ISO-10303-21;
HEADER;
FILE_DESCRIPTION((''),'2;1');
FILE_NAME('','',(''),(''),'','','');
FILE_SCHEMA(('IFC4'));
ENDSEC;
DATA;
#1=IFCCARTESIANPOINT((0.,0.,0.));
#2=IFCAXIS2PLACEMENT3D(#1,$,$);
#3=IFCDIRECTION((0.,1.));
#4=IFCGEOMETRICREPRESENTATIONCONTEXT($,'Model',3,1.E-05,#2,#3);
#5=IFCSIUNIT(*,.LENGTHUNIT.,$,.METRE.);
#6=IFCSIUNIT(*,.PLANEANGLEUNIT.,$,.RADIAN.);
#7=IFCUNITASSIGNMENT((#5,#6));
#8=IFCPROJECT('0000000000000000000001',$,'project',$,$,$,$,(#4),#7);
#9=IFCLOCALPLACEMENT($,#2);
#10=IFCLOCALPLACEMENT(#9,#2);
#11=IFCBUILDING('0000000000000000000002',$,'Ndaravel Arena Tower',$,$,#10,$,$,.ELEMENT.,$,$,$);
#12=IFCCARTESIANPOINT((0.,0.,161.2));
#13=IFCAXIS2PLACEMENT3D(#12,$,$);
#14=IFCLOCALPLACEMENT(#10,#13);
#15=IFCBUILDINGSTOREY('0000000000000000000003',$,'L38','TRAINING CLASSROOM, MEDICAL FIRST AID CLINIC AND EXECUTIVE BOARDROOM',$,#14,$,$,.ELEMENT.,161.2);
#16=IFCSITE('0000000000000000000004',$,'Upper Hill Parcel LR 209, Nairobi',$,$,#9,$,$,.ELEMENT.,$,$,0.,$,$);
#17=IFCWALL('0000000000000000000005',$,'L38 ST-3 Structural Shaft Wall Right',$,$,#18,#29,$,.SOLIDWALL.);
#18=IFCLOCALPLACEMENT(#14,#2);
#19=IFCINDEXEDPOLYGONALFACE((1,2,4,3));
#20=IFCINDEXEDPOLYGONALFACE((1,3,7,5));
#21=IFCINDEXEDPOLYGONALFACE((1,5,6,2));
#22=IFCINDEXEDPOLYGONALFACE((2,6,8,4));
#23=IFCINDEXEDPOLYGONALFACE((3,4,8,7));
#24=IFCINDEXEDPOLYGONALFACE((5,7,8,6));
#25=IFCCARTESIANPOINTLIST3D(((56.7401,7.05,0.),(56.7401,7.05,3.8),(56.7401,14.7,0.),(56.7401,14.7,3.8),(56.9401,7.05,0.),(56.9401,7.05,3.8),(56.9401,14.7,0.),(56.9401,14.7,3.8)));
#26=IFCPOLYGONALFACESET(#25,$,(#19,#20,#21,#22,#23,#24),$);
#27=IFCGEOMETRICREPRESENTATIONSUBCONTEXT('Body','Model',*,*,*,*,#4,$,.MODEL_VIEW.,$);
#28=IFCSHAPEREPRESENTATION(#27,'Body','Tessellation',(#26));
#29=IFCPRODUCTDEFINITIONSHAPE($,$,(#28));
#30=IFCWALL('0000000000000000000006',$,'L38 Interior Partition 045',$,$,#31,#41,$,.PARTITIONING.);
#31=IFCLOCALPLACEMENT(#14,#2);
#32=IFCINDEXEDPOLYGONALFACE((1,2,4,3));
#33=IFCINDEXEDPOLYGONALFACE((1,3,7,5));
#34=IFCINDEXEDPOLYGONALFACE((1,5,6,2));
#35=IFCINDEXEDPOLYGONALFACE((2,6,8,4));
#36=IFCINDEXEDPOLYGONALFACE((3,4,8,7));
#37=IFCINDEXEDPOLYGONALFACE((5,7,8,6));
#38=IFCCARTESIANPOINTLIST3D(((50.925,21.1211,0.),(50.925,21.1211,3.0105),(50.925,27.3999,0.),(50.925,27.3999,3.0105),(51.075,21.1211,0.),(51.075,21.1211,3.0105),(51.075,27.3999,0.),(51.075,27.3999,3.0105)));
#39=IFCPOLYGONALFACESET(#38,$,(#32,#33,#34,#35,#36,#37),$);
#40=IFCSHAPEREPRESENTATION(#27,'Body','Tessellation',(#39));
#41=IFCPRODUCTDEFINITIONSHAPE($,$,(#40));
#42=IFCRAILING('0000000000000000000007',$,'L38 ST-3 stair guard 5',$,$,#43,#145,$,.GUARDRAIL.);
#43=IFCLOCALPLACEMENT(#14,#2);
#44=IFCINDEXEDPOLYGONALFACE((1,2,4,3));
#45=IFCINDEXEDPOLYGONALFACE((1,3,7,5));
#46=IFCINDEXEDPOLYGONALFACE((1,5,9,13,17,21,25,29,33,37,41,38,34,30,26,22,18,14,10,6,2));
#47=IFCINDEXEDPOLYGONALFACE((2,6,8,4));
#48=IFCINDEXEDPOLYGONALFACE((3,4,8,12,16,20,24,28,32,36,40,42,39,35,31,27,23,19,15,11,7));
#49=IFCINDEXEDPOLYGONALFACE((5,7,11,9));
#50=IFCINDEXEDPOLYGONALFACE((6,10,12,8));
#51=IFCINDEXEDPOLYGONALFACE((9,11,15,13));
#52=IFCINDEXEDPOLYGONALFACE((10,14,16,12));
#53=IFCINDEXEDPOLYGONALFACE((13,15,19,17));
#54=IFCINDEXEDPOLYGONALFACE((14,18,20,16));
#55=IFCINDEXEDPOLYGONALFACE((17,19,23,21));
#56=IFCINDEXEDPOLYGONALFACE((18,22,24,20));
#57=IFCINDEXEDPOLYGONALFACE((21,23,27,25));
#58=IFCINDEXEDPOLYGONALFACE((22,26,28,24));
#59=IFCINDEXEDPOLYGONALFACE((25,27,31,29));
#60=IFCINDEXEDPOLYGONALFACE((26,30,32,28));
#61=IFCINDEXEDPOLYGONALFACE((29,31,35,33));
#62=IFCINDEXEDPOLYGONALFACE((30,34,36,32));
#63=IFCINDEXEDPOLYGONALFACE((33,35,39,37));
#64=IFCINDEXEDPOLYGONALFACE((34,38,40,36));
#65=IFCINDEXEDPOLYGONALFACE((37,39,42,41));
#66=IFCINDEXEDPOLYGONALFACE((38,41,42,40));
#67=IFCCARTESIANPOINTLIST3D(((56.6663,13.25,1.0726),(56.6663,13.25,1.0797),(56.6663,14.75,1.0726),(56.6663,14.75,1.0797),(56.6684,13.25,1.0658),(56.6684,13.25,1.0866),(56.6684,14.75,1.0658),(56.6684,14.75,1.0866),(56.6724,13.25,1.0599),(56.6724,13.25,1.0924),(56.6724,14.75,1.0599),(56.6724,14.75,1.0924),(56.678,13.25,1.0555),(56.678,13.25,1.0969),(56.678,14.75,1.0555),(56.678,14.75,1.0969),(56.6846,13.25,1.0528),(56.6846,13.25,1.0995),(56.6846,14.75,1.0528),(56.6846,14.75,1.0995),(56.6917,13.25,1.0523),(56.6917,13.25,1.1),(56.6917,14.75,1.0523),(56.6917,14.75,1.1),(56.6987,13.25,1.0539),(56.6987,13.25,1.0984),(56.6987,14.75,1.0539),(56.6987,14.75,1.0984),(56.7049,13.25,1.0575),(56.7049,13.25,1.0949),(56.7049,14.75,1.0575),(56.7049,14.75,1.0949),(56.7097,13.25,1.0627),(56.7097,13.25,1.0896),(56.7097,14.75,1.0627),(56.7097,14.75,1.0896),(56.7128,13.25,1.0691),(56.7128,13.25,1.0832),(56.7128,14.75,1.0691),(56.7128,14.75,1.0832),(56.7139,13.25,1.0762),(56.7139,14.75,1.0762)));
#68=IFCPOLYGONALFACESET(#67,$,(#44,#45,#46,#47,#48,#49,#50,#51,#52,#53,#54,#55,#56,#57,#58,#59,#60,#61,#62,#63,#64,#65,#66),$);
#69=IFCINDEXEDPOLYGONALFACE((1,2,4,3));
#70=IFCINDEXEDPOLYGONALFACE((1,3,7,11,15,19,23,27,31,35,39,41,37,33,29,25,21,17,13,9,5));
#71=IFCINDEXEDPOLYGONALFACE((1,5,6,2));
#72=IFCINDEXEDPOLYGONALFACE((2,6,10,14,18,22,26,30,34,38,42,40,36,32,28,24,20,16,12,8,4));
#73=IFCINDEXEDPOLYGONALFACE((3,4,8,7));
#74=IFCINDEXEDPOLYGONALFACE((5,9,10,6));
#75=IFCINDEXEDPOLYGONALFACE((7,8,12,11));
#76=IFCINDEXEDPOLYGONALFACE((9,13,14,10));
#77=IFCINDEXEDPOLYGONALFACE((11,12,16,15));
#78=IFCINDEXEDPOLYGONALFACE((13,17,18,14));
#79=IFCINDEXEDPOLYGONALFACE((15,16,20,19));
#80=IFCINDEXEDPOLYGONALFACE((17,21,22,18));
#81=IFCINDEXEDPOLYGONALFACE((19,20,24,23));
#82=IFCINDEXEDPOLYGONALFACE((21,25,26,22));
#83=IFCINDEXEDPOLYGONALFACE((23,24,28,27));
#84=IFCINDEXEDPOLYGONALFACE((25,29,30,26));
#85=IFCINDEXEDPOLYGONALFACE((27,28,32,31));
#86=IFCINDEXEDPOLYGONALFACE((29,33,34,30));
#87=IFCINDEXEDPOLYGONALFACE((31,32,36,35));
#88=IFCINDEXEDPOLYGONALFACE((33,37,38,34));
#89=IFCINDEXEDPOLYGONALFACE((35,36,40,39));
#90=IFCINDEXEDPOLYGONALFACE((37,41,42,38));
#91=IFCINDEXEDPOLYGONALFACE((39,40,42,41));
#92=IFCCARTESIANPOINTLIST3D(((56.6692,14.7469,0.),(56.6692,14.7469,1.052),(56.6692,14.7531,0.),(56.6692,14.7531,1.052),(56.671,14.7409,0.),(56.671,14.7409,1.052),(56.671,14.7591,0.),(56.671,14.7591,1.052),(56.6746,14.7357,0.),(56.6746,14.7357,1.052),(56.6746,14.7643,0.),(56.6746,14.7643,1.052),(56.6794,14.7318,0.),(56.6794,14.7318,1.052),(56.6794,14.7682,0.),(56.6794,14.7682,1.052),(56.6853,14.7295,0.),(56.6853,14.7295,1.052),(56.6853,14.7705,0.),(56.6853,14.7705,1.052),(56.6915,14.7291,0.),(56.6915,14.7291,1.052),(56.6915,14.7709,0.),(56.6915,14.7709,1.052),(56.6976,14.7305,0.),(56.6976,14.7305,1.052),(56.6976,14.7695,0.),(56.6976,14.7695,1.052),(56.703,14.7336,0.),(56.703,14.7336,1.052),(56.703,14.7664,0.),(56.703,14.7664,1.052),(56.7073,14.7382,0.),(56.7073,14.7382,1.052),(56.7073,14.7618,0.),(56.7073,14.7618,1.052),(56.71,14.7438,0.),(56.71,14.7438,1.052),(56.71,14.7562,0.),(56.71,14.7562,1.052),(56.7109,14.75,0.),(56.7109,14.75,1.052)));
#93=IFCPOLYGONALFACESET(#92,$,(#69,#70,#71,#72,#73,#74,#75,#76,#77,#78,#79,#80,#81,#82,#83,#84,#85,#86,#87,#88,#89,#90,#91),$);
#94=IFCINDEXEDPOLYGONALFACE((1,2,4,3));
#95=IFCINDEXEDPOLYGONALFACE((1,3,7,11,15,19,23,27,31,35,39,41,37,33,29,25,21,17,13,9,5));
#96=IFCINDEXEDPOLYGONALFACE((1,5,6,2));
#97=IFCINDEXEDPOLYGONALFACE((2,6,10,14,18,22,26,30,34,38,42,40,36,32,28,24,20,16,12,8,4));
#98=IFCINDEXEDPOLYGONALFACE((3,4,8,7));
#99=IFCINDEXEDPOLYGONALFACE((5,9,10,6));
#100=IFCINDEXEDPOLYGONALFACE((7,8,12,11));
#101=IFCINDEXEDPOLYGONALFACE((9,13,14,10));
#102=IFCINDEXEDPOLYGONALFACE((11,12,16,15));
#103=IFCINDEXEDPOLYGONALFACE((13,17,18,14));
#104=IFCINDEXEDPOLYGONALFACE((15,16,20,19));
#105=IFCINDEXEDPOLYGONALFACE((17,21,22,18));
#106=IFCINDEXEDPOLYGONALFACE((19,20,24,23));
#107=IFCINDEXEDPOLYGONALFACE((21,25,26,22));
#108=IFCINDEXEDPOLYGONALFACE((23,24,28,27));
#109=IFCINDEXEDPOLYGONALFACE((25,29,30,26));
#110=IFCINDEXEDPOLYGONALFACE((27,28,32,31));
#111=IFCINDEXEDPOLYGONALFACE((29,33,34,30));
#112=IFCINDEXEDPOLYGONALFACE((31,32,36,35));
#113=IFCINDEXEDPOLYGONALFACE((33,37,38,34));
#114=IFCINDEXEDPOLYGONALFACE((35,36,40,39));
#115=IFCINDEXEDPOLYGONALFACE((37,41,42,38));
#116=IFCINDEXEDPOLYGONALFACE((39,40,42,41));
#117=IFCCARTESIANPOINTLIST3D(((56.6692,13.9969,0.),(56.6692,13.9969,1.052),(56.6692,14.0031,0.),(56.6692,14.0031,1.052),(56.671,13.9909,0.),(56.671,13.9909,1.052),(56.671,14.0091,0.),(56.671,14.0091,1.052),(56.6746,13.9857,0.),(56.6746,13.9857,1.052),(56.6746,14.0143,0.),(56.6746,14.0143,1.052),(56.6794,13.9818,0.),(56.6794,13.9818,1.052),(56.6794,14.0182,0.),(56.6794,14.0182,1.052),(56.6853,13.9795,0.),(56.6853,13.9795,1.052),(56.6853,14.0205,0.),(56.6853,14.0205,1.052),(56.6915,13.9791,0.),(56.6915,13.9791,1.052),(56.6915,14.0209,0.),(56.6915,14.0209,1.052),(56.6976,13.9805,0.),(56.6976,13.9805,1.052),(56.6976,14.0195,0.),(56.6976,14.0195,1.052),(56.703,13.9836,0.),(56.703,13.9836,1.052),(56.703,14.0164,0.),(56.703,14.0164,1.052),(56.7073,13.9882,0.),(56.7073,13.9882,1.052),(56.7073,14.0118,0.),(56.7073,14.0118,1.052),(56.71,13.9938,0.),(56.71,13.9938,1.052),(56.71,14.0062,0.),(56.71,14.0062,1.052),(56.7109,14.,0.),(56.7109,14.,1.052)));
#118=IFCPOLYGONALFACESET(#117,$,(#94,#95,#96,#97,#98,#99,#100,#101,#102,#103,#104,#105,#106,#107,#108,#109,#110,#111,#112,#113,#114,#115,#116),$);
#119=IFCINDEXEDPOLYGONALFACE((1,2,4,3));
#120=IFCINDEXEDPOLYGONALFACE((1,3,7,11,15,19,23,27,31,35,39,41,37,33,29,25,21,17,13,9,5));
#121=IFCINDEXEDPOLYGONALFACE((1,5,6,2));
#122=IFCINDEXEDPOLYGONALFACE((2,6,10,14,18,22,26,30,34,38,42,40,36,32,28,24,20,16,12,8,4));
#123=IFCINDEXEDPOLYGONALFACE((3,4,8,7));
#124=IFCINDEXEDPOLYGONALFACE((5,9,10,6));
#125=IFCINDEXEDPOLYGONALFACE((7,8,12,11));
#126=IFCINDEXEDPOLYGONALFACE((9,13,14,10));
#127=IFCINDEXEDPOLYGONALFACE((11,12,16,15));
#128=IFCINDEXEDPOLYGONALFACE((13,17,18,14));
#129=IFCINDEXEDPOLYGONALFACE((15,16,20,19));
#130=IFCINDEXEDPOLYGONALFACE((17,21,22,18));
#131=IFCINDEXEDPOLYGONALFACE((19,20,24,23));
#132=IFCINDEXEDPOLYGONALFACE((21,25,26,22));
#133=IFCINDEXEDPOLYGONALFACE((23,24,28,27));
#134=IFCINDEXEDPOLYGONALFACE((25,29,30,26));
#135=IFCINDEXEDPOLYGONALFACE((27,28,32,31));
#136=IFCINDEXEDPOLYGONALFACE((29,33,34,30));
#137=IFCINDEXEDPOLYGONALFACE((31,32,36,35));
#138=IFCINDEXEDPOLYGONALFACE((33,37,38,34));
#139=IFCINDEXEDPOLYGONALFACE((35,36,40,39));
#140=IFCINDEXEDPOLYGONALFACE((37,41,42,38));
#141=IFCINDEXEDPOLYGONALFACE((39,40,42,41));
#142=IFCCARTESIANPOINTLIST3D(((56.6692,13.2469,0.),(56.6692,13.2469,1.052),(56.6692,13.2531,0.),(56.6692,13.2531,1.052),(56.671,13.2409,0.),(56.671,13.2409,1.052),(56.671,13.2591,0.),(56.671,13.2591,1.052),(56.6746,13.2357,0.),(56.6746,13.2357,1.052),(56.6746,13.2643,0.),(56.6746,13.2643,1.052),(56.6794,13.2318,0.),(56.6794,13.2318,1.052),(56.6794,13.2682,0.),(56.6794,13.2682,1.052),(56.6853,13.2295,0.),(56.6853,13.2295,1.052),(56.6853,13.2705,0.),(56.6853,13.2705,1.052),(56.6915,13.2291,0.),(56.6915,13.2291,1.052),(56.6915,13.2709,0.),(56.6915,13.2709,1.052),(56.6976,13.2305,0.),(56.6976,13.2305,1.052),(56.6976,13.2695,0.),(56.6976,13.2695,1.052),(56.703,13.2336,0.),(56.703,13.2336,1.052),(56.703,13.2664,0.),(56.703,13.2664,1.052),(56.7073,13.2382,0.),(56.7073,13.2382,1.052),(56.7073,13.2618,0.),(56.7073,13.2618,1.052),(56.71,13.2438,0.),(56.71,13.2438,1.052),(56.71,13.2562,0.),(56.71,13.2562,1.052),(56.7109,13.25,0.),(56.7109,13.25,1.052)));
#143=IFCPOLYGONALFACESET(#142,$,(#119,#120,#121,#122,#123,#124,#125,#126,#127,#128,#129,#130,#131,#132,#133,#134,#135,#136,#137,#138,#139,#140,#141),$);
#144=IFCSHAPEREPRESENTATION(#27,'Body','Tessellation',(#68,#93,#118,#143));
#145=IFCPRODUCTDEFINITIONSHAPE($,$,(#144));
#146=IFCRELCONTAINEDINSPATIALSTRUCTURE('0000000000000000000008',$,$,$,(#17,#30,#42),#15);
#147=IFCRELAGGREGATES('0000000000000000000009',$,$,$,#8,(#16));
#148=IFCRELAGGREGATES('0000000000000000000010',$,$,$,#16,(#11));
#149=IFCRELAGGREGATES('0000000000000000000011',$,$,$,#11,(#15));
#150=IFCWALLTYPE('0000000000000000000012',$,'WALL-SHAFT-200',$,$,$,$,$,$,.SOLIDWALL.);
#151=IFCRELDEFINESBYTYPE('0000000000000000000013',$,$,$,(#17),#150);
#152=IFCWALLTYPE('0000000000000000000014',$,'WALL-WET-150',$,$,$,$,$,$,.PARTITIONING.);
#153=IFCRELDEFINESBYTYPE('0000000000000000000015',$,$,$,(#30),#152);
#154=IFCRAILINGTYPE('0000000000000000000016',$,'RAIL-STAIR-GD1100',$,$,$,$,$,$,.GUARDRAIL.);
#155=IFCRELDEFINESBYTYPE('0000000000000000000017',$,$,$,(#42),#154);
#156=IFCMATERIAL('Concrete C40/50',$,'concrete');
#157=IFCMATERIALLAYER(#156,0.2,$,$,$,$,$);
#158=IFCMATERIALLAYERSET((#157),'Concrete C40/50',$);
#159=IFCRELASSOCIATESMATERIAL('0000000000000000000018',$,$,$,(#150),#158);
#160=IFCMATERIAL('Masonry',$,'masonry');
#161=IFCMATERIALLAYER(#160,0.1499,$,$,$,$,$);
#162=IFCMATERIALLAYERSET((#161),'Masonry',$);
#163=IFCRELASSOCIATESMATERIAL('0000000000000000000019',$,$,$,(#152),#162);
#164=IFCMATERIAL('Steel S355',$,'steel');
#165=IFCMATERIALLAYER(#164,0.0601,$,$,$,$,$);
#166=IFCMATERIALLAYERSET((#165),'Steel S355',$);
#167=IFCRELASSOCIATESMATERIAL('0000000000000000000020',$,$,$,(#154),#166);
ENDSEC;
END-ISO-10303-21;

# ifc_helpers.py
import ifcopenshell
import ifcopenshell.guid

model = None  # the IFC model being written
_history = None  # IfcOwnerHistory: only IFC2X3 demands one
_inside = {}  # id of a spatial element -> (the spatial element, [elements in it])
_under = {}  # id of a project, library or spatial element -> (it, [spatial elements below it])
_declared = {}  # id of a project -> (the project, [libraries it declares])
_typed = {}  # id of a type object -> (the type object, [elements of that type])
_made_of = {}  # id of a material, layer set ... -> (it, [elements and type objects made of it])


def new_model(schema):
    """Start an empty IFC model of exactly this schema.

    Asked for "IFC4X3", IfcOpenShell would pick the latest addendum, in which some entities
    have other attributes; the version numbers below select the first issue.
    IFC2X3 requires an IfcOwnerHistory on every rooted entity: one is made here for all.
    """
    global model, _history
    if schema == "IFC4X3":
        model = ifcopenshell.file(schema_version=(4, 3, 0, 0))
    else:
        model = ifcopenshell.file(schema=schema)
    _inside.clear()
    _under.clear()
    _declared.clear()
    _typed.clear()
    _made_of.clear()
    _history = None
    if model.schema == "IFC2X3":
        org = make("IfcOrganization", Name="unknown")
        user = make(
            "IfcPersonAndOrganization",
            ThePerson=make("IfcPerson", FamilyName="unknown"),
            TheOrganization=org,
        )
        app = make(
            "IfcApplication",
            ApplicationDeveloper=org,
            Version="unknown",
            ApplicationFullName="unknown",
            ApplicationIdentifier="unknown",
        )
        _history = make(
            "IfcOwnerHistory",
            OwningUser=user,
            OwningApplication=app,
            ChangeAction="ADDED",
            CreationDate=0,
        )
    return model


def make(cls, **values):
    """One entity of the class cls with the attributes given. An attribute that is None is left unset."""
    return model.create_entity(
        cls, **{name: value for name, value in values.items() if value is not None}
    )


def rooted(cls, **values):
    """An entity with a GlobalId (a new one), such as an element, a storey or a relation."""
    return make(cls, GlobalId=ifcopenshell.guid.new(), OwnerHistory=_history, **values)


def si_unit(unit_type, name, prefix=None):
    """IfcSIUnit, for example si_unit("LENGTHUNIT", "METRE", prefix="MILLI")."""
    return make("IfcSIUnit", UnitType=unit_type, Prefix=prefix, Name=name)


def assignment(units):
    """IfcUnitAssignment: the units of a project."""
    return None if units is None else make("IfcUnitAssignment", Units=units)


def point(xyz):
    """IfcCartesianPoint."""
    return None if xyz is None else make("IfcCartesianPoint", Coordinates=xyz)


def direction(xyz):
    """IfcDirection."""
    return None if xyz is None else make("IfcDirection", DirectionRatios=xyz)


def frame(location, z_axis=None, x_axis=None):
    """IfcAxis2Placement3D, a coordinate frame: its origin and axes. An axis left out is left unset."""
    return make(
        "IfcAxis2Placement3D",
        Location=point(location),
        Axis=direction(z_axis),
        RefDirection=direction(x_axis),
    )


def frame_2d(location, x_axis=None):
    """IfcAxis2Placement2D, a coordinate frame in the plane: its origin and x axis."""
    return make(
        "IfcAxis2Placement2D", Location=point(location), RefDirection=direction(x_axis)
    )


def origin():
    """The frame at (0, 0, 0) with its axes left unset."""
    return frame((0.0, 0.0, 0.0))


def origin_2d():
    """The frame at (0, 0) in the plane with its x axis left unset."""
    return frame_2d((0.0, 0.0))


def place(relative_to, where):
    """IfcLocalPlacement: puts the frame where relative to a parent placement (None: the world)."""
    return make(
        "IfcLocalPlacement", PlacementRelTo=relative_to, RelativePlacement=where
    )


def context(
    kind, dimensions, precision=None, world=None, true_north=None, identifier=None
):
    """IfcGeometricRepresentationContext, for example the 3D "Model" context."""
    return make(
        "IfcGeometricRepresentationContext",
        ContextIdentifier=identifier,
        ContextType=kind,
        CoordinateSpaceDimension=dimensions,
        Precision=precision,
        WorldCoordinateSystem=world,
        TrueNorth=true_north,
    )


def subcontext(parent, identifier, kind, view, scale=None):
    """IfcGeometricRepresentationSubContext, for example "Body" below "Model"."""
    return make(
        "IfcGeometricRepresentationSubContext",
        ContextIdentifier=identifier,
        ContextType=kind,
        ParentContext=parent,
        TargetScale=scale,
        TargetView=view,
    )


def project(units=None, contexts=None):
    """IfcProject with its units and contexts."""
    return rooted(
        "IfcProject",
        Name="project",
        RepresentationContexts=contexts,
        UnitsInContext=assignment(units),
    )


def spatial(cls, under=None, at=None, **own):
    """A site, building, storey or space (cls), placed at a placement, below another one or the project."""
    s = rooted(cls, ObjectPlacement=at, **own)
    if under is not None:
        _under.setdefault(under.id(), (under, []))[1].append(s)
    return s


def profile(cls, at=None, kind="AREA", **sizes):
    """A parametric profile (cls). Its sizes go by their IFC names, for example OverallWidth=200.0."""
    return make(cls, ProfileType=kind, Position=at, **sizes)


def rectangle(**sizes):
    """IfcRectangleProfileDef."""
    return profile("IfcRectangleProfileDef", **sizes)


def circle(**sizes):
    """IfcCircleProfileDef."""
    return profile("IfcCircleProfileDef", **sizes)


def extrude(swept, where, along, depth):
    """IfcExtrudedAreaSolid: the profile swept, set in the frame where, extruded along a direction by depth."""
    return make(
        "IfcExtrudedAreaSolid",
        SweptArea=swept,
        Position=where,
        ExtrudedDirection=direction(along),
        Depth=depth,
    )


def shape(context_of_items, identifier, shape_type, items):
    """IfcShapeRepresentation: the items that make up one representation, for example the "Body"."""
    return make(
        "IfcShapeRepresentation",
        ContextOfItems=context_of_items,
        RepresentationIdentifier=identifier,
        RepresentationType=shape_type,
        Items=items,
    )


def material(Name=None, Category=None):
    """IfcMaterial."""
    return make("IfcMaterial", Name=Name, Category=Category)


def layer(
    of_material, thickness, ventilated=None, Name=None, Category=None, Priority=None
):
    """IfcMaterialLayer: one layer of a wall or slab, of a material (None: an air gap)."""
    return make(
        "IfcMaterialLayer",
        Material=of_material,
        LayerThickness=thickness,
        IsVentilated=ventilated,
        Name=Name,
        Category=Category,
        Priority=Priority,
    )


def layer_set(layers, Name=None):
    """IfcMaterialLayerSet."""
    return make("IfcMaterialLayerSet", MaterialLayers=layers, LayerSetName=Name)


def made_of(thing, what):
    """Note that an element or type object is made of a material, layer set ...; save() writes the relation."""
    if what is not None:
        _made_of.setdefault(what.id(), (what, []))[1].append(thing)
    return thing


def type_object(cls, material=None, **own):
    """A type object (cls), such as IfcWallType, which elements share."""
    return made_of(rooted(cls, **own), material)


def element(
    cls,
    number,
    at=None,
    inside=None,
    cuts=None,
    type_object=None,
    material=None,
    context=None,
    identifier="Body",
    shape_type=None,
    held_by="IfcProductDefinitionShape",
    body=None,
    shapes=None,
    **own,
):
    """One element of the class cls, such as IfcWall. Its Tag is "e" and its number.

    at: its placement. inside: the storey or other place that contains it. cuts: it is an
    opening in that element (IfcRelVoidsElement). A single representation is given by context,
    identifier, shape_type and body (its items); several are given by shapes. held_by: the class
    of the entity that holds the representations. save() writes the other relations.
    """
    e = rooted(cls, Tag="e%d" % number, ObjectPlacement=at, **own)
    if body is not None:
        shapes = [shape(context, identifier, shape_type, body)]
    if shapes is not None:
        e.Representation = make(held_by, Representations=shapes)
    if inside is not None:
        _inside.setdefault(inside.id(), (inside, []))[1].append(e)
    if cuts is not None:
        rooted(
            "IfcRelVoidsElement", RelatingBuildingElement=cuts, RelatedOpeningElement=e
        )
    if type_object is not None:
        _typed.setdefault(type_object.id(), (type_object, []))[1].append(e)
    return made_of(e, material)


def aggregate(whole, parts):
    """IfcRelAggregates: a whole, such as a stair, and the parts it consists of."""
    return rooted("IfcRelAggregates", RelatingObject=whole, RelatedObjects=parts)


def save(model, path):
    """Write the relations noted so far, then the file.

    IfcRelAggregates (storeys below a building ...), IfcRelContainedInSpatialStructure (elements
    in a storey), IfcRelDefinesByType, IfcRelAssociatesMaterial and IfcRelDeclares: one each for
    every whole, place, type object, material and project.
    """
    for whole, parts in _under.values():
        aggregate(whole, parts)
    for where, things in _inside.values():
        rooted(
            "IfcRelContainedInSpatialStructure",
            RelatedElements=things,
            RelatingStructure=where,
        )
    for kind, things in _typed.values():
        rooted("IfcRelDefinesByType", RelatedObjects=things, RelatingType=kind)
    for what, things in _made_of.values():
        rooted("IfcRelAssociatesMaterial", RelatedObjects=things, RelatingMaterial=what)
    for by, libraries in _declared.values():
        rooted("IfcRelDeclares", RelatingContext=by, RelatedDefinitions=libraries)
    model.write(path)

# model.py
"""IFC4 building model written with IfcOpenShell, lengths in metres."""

from ifc_helpers import new_model, si_unit, direction, frame, frame_2d, origin, origin_2d, place, context, subcontext, project, spatial, rectangle, circle, extrude, material, layer, layer_set, type_object, element, save


model = new_model("IFC4")

# Units and contexts
model_context = context("Model", 3, precision=1e-05, world=origin(), true_north=direction((0.0, 1.0)))
body_context = subcontext(model_context, "Body", "Model", "MODEL_VIEW")
ifc_project = project(units=[si_unit("LENGTHUNIT", "METRE"), si_unit("PLANEANGLEUNIT", "RADIAN")], contexts=[model_context])

# Site, building, storey
site_placement = place(None, origin())
site = spatial("IfcSite", under=ifc_project, at=site_placement, Name="Upper Hill Parcel LR 209, Nairobi", CompositionType="ELEMENT", RefElevation=0.0)
building_placement = place(site_placement, origin())
building = spatial("IfcBuilding", under=site, at=building_placement, Name="Ndaravel Arena Tower", CompositionType="ELEMENT")
storey_placement = place(building_placement, frame((0.0, 0.0, 161.2)))
storey = spatial("IfcBuildingStorey", under=building, at=storey_placement, Name="L38", Description="TRAINING CLASSROOM, MEDICAL FIRST AID CLINIC AND EXECUTIVE BOARDROOM", CompositionType="ELEMENT", Elevation=161.2)

# Walls
ifc_material_1 = material(Name="Concrete C40/50", Category="concrete")
ifc_layer_1 = layer(ifc_material_1, 0.2)
ifc_layer_set_1 = layer_set([ifc_layer_1], Name="Concrete C40/50")
wall_type_1 = type_object("IfcWallType", Name="WALL-SHAFT-200", PredefinedType="SOLIDWALL", material=ifc_layer_set_1)
wall_1_placement = place(storey_placement, frame((56.8401, 14.7, 0.0), z_axis=(0.0, 0.0, 1.0), x_axis=(0.0, -1.0, 0.0)))
element("IfcWall", 1, at=wall_1_placement, inside=storey, type_object=wall_type_1, Name="L38 ST-3 Structural Shaft Wall Right", PredefinedType="SOLIDWALL", context=body_context, shape_type="SweptSolid", body=[
    extrude(rectangle(XDim=7.6499, YDim=0.2, at=frame_2d((3.825, 0.0))), origin(), (0.0, 0.0, 1.0), 3.8),
])
ifc_material_2 = material(Name="Masonry", Category="masonry")
ifc_layer_2 = layer(ifc_material_2, 0.1499)
ifc_layer_set_2 = layer_set([ifc_layer_2], Name="Masonry")
wall_type_2 = type_object("IfcWallType", Name="WALL-WET-150", PredefinedType="PARTITIONING", material=ifc_layer_set_2)
wall_2_placement = place(storey_placement, frame((51.0, 21.1211, 0.0), z_axis=(0.0, 0.0, 1.0), x_axis=(0.0, 1.0, 0.0)))
element("IfcWall", 2, at=wall_2_placement, inside=storey, type_object=wall_type_2, Name="L38 Interior Partition 045", PredefinedType="PARTITIONING", context=body_context, shape_type="SweptSolid", body=[
    extrude(rectangle(XDim=6.2788, YDim=0.1499, at=frame_2d((3.1394, 0.0))), origin(), (0.0, 0.0, 1.0), 3.0105),
])

# Railing
ifc_material_3 = material(Name="Steel S355", Category="steel")
ifc_layer_3 = layer(ifc_material_3, 0.0601)
ifc_layer_set_3 = layer_set([ifc_layer_3], Name="Steel S355")
railing_type = type_object("IfcRailingType", Name="RAIL-STAIR-GD1100", PredefinedType="GUARDRAIL", material=ifc_layer_set_3)
railing_placement = place(storey_placement, frame((56.6899, 14.75, 0.0)))
element("IfcRailing", 3, at=railing_placement, inside=storey, type_object=railing_type, Name="L38 ST-3 stair guard 5", PredefinedType="GUARDRAIL", context=body_context, shape_type="SweptSolid", body=[
    extrude(circle(Radius=0.0239, at=origin_2d()), frame((0.0, 0.0, 1.0762), z_axis=(0.0, -1.0, 0.0), x_axis=(1.0, 0.0, 0.0)), (0.0, 0.0, 1.0), 1.5),
    extrude(circle(Radius=0.021, at=origin_2d()), origin(), (0.0, 0.0, 1.0), 1.052),
    extrude(circle(Radius=0.021, at=origin_2d()), frame((0.0, -0.75, 0.0)), (0.0, 0.0, 1.0), 1.052),
    extrude(circle(Radius=0.021, at=origin_2d()), frame((0.0, -1.5, 0.0)), (0.0, 0.0, 1.0), 1.052),
])

save(model, "model.ifc")
